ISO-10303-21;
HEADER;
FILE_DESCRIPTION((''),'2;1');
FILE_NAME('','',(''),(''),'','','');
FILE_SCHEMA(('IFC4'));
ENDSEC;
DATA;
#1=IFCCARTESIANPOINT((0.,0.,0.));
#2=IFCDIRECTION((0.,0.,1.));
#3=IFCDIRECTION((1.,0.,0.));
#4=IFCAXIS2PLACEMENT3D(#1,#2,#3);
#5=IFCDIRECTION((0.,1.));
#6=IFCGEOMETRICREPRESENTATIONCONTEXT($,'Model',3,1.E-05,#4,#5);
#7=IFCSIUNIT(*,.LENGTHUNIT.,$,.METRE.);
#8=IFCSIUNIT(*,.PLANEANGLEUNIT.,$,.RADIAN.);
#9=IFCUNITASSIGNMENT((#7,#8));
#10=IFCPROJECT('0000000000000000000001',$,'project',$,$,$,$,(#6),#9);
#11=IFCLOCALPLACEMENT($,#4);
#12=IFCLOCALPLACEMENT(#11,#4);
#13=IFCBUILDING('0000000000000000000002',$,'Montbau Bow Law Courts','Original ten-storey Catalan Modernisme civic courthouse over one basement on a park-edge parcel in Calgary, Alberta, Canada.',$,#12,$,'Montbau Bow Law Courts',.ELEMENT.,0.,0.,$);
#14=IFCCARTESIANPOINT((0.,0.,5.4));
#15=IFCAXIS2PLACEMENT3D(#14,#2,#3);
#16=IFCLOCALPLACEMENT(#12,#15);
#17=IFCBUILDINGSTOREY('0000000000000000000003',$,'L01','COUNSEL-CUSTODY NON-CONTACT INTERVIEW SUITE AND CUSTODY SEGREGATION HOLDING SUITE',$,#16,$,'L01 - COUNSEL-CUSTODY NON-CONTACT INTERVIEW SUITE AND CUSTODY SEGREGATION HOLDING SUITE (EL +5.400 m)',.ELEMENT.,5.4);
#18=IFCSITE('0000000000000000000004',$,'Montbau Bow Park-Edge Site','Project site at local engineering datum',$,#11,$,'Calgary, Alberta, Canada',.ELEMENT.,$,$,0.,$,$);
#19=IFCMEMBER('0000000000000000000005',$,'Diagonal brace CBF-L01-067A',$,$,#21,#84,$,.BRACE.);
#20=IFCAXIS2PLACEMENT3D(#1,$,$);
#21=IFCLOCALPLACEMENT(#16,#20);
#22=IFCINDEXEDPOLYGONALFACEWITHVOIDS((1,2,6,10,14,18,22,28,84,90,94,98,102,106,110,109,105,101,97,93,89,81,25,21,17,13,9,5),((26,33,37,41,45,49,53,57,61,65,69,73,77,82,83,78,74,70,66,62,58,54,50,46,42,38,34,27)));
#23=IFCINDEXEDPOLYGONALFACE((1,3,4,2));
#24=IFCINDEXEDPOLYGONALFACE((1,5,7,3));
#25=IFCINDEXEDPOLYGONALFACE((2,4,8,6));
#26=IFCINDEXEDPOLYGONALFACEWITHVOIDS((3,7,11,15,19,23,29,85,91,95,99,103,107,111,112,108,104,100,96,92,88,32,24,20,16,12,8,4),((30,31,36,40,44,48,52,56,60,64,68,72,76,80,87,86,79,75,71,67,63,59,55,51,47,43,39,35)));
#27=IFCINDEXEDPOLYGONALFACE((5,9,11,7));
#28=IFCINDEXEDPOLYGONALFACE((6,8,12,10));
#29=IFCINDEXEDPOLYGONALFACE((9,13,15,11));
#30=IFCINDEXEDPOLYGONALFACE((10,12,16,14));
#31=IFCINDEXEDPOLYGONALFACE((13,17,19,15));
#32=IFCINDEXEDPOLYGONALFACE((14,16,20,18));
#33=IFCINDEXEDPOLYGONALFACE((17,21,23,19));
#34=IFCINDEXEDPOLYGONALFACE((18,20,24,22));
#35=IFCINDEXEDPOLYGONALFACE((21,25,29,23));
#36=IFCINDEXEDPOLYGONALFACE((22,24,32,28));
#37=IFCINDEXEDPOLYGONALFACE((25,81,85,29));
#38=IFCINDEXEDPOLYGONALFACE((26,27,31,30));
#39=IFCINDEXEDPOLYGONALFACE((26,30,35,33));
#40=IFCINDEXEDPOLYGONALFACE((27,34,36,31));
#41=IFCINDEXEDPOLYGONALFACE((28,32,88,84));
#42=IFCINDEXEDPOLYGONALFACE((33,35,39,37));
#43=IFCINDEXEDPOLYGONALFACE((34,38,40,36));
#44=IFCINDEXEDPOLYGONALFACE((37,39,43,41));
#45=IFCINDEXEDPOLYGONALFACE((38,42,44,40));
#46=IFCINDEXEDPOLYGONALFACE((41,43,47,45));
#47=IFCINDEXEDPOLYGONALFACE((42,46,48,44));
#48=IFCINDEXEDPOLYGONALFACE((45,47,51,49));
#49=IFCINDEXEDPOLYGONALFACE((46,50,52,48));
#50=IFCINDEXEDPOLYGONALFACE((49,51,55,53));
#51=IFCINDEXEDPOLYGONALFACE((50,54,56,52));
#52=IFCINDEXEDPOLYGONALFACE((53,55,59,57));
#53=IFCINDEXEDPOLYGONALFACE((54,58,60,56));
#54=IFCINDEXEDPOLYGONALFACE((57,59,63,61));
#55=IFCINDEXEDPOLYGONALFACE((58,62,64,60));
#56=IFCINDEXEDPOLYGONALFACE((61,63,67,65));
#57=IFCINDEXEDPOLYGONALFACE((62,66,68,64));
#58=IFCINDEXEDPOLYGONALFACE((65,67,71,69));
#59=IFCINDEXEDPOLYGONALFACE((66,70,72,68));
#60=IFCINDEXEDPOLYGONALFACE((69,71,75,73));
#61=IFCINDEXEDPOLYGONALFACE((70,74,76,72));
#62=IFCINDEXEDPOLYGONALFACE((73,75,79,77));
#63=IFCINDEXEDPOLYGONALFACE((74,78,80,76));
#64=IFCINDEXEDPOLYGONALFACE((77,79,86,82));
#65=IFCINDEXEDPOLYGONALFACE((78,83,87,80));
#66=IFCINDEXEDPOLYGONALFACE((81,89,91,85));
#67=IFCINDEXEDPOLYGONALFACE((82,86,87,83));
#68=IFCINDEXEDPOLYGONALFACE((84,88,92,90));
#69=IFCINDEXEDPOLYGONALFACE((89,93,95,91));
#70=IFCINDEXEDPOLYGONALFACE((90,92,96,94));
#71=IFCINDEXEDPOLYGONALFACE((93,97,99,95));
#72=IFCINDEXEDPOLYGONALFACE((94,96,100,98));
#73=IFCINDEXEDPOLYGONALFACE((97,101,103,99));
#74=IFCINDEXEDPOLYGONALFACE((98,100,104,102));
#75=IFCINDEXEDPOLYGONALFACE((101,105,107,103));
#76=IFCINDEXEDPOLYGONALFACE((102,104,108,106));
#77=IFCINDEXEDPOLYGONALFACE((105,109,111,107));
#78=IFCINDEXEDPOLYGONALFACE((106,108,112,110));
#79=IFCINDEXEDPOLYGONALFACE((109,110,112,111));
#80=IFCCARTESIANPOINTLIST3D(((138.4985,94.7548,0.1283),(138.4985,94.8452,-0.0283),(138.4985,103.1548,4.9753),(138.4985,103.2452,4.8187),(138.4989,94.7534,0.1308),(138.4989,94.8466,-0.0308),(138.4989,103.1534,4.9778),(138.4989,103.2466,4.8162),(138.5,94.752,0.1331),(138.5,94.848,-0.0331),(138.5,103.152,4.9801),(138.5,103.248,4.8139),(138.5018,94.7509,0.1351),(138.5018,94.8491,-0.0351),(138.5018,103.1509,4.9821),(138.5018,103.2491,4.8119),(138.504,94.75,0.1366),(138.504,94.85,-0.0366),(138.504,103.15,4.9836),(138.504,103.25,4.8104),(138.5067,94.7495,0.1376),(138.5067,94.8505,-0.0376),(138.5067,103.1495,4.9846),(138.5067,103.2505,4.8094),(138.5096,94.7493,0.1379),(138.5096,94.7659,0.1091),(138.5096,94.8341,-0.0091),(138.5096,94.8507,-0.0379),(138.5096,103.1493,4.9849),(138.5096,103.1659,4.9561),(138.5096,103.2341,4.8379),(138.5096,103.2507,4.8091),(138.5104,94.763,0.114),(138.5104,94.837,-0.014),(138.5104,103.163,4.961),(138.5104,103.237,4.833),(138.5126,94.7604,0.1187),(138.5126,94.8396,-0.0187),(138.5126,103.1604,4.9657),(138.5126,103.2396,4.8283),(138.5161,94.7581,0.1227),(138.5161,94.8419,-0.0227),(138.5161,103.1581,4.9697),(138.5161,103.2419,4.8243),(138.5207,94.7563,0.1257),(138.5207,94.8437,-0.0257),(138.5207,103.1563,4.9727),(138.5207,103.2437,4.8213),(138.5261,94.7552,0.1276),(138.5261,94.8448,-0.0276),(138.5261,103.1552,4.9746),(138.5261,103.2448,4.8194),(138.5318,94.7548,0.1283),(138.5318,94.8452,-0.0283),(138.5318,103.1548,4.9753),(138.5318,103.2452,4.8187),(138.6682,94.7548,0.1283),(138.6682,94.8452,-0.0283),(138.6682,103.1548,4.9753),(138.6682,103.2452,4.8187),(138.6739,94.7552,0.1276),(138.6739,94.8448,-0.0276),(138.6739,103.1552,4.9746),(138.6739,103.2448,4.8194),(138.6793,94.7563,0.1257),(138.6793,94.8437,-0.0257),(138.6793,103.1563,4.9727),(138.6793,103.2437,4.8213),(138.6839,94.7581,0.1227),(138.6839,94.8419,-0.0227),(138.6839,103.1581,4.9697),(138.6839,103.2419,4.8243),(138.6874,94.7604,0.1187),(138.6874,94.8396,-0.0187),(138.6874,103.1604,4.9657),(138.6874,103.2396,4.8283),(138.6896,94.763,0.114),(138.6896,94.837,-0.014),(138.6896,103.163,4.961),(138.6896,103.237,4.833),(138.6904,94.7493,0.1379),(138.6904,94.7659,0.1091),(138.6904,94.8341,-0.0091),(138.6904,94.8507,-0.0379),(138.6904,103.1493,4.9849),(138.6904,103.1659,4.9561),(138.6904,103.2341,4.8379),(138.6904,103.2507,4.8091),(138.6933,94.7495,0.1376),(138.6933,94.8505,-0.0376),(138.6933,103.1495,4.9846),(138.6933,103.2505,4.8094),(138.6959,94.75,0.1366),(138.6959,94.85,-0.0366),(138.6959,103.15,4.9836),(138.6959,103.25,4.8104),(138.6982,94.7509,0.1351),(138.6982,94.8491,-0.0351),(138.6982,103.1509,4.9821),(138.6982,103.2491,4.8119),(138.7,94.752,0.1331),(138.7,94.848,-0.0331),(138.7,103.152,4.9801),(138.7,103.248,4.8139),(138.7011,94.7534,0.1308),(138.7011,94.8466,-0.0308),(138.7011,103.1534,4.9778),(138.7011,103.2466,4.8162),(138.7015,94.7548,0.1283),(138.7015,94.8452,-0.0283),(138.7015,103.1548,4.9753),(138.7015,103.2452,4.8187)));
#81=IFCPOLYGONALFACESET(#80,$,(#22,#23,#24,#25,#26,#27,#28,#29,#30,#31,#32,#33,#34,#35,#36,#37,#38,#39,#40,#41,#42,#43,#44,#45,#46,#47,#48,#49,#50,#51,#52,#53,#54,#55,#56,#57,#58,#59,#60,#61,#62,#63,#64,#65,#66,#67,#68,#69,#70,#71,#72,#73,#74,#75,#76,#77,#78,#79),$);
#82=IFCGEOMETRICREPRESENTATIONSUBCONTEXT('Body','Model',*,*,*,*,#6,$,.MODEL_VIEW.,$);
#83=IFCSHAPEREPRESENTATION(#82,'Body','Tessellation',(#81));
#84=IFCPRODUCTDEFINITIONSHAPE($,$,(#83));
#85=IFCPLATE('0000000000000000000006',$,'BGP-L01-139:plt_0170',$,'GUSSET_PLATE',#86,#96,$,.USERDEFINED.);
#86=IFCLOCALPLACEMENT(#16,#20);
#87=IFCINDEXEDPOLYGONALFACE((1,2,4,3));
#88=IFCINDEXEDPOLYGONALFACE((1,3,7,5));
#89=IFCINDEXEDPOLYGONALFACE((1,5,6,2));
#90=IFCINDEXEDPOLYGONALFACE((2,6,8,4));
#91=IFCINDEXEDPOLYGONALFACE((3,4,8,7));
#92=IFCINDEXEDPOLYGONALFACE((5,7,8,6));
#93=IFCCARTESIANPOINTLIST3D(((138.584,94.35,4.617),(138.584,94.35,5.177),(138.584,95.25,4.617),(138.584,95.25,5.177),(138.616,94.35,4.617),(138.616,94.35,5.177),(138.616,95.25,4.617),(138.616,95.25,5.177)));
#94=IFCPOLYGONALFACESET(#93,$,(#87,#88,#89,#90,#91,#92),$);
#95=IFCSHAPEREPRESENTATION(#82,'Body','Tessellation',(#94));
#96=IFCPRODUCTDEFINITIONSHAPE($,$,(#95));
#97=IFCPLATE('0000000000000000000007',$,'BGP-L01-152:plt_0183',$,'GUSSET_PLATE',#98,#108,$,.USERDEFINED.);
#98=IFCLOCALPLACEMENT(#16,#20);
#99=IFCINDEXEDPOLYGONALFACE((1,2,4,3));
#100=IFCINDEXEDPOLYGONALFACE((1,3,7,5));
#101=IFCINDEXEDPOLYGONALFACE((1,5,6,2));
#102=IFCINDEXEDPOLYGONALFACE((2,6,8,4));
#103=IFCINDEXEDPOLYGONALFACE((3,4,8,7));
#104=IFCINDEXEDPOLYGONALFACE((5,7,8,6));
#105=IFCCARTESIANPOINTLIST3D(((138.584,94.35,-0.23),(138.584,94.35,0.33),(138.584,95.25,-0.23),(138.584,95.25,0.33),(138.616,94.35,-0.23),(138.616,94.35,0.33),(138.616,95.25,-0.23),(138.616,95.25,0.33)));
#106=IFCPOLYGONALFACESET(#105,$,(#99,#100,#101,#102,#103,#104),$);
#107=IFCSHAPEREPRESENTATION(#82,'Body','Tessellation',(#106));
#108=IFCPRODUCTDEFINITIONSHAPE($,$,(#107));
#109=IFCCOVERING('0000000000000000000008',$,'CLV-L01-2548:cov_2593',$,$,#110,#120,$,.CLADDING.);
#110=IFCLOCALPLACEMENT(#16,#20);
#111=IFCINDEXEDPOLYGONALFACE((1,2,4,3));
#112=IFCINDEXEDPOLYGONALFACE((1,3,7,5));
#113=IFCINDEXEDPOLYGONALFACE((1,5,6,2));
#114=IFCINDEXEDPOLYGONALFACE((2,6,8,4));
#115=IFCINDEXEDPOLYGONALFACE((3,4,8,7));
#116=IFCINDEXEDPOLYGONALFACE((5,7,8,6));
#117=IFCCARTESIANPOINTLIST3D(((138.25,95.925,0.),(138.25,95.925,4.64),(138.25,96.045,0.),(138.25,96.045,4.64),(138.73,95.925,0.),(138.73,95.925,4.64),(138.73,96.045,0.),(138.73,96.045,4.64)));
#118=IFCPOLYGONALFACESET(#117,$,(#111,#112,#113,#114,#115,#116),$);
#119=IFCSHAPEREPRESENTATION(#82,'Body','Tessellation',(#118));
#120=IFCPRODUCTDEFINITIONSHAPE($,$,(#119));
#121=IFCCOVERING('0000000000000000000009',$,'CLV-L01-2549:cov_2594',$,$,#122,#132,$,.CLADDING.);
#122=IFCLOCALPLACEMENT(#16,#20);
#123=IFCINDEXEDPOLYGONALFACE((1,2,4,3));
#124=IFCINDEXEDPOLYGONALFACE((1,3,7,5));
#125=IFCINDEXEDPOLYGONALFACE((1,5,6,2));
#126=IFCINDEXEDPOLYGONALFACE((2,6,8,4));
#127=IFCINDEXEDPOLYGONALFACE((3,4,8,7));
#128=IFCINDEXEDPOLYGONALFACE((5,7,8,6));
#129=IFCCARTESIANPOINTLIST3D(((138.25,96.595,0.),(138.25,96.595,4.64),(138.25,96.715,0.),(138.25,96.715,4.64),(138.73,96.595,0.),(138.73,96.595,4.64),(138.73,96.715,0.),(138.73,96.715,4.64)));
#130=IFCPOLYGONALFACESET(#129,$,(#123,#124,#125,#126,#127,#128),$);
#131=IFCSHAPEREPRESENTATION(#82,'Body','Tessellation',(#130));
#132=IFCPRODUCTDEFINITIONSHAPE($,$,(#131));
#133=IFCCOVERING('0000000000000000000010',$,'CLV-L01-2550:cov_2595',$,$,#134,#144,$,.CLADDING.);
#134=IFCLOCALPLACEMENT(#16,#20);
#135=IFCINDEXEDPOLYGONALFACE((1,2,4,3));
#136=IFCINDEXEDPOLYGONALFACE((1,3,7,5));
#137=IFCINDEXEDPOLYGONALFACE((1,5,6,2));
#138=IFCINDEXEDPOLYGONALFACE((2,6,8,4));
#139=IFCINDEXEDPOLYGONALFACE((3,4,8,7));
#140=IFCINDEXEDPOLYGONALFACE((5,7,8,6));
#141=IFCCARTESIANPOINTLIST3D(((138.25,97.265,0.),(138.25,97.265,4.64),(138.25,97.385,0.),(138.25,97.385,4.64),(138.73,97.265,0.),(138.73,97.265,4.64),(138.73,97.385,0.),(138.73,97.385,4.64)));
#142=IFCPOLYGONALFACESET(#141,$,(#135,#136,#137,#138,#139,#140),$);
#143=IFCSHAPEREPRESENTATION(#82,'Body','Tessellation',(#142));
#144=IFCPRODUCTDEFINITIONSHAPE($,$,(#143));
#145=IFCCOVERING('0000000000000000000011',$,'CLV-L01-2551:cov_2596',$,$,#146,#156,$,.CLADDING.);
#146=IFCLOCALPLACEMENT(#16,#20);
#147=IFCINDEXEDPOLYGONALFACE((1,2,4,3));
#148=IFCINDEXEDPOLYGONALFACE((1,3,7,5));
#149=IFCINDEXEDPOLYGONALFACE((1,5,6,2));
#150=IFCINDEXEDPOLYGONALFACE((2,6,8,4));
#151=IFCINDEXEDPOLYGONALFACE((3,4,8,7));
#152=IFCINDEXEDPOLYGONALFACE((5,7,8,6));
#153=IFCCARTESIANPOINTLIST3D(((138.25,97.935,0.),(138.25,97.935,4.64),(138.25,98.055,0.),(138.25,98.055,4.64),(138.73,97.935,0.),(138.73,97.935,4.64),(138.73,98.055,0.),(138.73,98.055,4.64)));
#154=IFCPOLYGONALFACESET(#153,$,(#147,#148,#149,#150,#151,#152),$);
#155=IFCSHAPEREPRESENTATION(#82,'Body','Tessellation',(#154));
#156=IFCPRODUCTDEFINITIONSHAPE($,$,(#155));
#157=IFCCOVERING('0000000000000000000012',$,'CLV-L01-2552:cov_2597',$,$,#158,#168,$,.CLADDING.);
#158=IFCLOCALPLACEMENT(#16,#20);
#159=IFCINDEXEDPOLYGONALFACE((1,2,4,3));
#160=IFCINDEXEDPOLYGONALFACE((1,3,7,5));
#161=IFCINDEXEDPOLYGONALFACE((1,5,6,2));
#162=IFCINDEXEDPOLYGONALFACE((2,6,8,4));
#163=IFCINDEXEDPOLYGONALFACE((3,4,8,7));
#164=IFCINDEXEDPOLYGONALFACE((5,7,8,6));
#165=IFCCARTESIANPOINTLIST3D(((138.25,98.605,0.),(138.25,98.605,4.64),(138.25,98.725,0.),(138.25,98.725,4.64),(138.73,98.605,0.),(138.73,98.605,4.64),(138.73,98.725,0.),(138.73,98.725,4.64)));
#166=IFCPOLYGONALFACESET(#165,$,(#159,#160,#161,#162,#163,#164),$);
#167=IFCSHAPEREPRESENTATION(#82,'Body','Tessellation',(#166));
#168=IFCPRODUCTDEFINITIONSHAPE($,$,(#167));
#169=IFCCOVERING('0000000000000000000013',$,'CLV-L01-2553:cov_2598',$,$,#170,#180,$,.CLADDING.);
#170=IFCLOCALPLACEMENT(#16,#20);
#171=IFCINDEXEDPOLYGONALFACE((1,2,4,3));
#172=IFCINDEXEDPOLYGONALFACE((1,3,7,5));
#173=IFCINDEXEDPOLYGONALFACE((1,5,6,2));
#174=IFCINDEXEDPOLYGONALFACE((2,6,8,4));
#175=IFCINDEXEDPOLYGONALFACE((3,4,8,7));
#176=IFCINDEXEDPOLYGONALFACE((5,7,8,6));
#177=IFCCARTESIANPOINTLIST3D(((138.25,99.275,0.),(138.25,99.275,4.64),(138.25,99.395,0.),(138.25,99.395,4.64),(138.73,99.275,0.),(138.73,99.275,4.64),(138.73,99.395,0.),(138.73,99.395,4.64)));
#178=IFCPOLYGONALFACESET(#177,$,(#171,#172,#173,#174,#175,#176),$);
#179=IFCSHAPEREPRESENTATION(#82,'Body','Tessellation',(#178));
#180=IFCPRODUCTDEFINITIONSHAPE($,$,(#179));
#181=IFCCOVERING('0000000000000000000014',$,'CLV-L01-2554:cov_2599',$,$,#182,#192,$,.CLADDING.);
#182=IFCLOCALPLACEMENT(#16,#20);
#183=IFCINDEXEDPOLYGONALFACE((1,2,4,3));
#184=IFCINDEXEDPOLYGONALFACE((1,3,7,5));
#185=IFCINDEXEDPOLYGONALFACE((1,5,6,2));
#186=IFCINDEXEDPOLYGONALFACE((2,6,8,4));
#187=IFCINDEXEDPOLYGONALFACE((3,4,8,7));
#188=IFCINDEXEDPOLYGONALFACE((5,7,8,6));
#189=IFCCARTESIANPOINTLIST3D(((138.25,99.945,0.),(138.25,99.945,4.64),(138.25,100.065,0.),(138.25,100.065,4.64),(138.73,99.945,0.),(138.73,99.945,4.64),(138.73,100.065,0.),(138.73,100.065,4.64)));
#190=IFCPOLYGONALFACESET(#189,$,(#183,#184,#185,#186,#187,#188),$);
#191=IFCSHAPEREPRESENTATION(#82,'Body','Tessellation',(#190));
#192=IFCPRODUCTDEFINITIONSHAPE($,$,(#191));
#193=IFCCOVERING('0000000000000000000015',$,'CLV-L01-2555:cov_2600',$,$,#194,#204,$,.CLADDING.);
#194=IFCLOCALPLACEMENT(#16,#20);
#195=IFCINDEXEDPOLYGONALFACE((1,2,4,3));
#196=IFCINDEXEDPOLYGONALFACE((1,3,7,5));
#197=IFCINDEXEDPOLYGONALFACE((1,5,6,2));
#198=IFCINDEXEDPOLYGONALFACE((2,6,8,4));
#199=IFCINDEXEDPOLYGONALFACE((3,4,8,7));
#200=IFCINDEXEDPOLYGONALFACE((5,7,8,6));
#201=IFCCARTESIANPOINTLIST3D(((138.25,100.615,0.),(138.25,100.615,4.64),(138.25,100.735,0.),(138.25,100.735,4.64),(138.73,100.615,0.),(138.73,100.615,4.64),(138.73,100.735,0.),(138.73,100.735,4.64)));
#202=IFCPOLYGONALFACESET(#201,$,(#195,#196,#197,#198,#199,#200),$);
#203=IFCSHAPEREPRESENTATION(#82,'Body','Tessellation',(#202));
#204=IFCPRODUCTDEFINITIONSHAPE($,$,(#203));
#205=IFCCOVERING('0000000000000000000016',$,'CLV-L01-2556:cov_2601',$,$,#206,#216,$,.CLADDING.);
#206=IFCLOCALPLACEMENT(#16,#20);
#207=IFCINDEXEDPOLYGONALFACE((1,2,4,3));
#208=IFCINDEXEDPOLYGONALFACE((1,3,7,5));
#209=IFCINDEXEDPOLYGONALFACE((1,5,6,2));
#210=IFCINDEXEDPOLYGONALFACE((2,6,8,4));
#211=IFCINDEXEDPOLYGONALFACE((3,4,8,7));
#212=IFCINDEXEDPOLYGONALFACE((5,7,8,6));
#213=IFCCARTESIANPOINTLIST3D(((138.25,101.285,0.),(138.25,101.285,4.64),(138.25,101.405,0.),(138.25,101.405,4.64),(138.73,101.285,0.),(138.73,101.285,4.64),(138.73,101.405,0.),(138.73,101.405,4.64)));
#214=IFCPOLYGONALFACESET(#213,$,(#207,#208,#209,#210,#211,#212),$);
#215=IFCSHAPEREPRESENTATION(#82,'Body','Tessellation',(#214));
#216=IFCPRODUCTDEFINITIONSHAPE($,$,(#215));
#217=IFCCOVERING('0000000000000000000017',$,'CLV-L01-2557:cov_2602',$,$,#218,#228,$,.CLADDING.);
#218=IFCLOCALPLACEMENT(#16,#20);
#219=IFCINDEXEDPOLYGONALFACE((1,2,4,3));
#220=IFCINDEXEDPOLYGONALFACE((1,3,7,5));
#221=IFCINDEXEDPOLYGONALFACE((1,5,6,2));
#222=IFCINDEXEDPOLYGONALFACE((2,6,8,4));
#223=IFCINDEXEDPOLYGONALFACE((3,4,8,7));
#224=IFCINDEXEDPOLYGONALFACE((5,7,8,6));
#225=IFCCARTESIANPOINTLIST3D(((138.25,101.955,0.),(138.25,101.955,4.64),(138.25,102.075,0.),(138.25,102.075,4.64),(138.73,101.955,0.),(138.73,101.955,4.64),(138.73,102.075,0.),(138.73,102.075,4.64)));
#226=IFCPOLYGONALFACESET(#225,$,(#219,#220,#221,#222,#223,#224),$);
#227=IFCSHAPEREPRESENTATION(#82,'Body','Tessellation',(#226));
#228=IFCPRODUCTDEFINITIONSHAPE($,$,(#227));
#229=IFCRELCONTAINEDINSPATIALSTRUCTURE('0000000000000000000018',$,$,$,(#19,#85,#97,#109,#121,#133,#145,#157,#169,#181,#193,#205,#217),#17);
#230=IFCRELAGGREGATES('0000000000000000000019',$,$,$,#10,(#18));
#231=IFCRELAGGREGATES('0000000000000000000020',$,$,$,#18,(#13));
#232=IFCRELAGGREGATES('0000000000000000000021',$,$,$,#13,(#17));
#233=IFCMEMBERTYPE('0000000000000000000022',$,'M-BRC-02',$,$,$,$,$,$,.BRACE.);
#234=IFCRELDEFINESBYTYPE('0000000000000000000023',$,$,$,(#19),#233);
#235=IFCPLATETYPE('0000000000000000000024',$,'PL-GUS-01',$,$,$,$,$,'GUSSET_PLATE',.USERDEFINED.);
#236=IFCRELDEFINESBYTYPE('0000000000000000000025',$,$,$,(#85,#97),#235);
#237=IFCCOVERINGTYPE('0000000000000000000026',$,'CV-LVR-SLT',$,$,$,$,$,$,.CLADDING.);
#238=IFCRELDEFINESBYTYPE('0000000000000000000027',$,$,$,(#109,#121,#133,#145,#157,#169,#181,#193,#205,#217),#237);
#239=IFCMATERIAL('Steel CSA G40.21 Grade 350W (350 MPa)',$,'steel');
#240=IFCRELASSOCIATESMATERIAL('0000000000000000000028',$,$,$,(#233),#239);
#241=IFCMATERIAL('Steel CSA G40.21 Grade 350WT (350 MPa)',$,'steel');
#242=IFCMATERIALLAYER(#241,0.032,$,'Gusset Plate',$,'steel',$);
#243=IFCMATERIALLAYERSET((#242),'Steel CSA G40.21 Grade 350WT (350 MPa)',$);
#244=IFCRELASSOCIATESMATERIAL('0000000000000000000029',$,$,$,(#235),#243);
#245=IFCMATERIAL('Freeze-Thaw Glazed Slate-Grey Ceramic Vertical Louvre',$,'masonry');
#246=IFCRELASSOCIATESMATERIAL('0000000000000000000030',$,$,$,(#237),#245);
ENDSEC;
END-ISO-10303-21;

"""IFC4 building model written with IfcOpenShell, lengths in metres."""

from ifc_helpers import new_model, si_unit, direction, frame, frame_2d, origin_with_axes, origin_2d_with_axis, place, context, subcontext, project, spatial, rectangle, hollow_rectangle, extrude, material, layer, layer_set, material_profile, profile_set, type_object, element, save


model = new_model("IFC4")

# Units and contexts
model_context = context("Model", 3, precision=1e-05, world=origin_with_axes(), true_north=direction((0.0, 1.0)))
body_context = subcontext(model_context, "Body", "Model", "MODEL_VIEW")
ifc_project = project(units=[si_unit("LENGTHUNIT", "METRE"), si_unit("PLANEANGLEUNIT", "RADIAN")], contexts=[model_context])

# Site, building, storey
site_placement = place(None, origin_with_axes())
site = spatial("IfcSite", under=ifc_project, at=site_placement, Name="Montbau Bow Park-Edge Site", Description="Project site at local engineering datum", LongName="Calgary, Alberta, Canada", CompositionType="ELEMENT", RefElevation=0.0)
building_placement = place(site_placement, origin_with_axes())
building = spatial("IfcBuilding", under=site, at=building_placement, Name="Montbau Bow Law Courts", Description="Original ten-storey Catalan Modernisme civic courthouse over one basement on a park-edge parcel in Calgary, Alberta, Canada.", LongName="Montbau Bow Law Courts", CompositionType="ELEMENT", ElevationOfRefHeight=0.0, ElevationOfTerrain=0.0)
storey_placement = place(building_placement, frame((0.0, 0.0, 5.4), z_axis=(0.0, 0.0, 1.0), x_axis=(1.0, 0.0, 0.0)))
storey = spatial("IfcBuildingStorey", under=building, at=storey_placement, Name="L01", Description="COUNSEL-CUSTODY NON-CONTACT INTERVIEW SUITE AND CUSTODY SEGREGATION HOLDING SUITE", LongName="L01 - COUNSEL-CUSTODY NON-CONTACT INTERVIEW SUITE AND CUSTODY SEGREGATION HOLDING SUITE (EL +5.400 m)", CompositionType="ELEMENT", Elevation=5.4)

# Shared definitions
ifc_material_1 = material(Name="Steel CSA G40.21 Grade 350W (350 MPa)", Category="steel")
ifc_material_2 = material(Name="Steel CSA G40.21 Grade 350WT (350 MPa)", Category="steel")

# Member
ifc_material_profile_1 = material_profile(ifc_material_1, hollow_rectangle(XDim=0.203, YDim=0.203, WallThickness=0.0111, InnerFilletRadius=0.0222, OuterFilletRadius=0.0111, at=origin_2d_with_axis()), Name="HSS203X203X11", Category="Main", Priority=0)
ifc_profile_set_1 = profile_set([ifc_material_profile_1], Name="Steel CSA G40.21 Grade 350W (350 MPa)")
member_type = type_object("IfcMemberType", Name="M-BRC-02", PredefinedType="BRACE", material=ifc_profile_set_1)
member_placement = place(None, frame((138.6, 94.8, 5.45), z_axis=(0.0, 0.866148, 0.499788), x_axis=(-1.0, 0.0, 0.0)))
element("IfcMember", 1, at=member_placement, inside=storey, type_object=member_type, Name="Diagonal brace CBF-L01-067A", PredefinedType="BRACE", context=body_context, shape_type="SweptSolid", body=[
    extrude(hollow_rectangle(XDim=0.203, YDim=0.203, WallThickness=0.0111, InnerFilletRadius=0.0222, OuterFilletRadius=0.0111, at=origin_2d_with_axis()), origin_with_axes(), (0.0, 0.0, 1.0), 9.6981),
])

# Plates
ifc_layer = layer(ifc_material_2, 0.032, Name="Gusset Plate", Category="steel")
ifc_layer_set = layer_set([ifc_layer], Name="Steel CSA G40.21 Grade 350WT (350 MPa)")
plate_type = type_object("IfcPlateType", Name="PL-GUS-01", ElementType="GUSSET_PLATE", PredefinedType="USERDEFINED", material=ifc_layer_set)
for number, where, z_axis, x_axis, name in (
    (2, (138.6, 94.8, 10.017), (0.0, 0.0, 1.0), (0.0, 1.0, 0.0), "BGP-L01-139:plt_0170"),
    (3, (138.6, 94.8, 5.17), (0.0, 0.0, 1.0), (0.0, 1.0, 0.0), "BGP-L01-152:plt_0183"),
):
    element("IfcPlate", number, at=place(None, frame(where, z_axis=z_axis, x_axis=x_axis)), inside=storey, type_object=plate_type, Name=name, ObjectType="GUSSET_PLATE", PredefinedType="USERDEFINED", context=body_context, shape_type="SweptSolid", body=[
        extrude(rectangle(XDim=0.9, YDim=0.032, at=origin_2d_with_axis()), origin_with_axes(), (0.0, 0.0, 1.0), 0.56),
    ])

# Coverings
ifc_material_3 = material(Name="Freeze-Thaw Glazed Slate-Grey Ceramic Vertical Louvre", Category="masonry")
covering_type = type_object("IfcCoveringType", Name="CV-LVR-SLT", PredefinedType="CLADDING", material=ifc_material_3)
for number, where, z_axis, x_axis, name in (
    (4, (138.73, 95.985, 5.4), (0.0, 1.0, 0.0), (-1.0, 0.0, 0.0), "CLV-L01-2548:cov_2593"),
    (5, (138.73, 96.655, 5.4), (0.0, 1.0, 0.0), (-1.0, 0.0, 0.0), "CLV-L01-2549:cov_2594"),
    (6, (138.73, 97.325, 5.4), (0.0, 1.0, 0.0), (-1.0, 0.0, 0.0), "CLV-L01-2550:cov_2595"),
    (7, (138.73, 97.995, 5.4), (0.0, 1.0, 0.0), (-1.0, 0.0, 0.0), "CLV-L01-2551:cov_2596"),
    (8, (138.73, 98.665, 5.4), (0.0, 1.0, 0.0), (-1.0, 0.0, 0.0), "CLV-L01-2552:cov_2597"),
    (9, (138.73, 99.335, 5.4), (0.0, 1.0, 0.0), (-1.0, 0.0, 0.0), "CLV-L01-2553:cov_2598"),
    (10, (138.73, 100.005, 5.4), (0.0, 1.0, 0.0), (-1.0, 0.0, 0.0), "CLV-L01-2554:cov_2599"),
    (11, (138.73, 100.675, 5.4), (0.0, 1.0, 0.0), (-1.0, 0.0, 0.0), "CLV-L01-2555:cov_2600"),
    (12, (138.73, 101.345, 5.4), (0.0, 1.0, 0.0), (-1.0, 0.0, 0.0), "CLV-L01-2556:cov_2601"),
    (13, (138.73, 102.015, 5.4), (0.0, 1.0, 0.0), (-1.0, 0.0, 0.0), "CLV-L01-2557:cov_2602"),
):
    element("IfcCovering", number, at=place(None, frame(where, z_axis=z_axis, x_axis=x_axis)), inside=storey, type_object=covering_type, Name=name, PredefinedType="CLADDING", context=body_context, shape_type="SweptSolid", body=[
        extrude(rectangle(XDim=0.48, YDim=4.64, at=frame_2d((0.24, 2.32), x_axis=(1.0, 0.0))), frame((0.0, 0.0, -0.06), z_axis=(0.0, 0.0, 1.0), x_axis=(1.0, 0.0, 0.0)), (0.0, 0.0, 1.0), 0.12),
    ])

save(model, "model.ifc")
